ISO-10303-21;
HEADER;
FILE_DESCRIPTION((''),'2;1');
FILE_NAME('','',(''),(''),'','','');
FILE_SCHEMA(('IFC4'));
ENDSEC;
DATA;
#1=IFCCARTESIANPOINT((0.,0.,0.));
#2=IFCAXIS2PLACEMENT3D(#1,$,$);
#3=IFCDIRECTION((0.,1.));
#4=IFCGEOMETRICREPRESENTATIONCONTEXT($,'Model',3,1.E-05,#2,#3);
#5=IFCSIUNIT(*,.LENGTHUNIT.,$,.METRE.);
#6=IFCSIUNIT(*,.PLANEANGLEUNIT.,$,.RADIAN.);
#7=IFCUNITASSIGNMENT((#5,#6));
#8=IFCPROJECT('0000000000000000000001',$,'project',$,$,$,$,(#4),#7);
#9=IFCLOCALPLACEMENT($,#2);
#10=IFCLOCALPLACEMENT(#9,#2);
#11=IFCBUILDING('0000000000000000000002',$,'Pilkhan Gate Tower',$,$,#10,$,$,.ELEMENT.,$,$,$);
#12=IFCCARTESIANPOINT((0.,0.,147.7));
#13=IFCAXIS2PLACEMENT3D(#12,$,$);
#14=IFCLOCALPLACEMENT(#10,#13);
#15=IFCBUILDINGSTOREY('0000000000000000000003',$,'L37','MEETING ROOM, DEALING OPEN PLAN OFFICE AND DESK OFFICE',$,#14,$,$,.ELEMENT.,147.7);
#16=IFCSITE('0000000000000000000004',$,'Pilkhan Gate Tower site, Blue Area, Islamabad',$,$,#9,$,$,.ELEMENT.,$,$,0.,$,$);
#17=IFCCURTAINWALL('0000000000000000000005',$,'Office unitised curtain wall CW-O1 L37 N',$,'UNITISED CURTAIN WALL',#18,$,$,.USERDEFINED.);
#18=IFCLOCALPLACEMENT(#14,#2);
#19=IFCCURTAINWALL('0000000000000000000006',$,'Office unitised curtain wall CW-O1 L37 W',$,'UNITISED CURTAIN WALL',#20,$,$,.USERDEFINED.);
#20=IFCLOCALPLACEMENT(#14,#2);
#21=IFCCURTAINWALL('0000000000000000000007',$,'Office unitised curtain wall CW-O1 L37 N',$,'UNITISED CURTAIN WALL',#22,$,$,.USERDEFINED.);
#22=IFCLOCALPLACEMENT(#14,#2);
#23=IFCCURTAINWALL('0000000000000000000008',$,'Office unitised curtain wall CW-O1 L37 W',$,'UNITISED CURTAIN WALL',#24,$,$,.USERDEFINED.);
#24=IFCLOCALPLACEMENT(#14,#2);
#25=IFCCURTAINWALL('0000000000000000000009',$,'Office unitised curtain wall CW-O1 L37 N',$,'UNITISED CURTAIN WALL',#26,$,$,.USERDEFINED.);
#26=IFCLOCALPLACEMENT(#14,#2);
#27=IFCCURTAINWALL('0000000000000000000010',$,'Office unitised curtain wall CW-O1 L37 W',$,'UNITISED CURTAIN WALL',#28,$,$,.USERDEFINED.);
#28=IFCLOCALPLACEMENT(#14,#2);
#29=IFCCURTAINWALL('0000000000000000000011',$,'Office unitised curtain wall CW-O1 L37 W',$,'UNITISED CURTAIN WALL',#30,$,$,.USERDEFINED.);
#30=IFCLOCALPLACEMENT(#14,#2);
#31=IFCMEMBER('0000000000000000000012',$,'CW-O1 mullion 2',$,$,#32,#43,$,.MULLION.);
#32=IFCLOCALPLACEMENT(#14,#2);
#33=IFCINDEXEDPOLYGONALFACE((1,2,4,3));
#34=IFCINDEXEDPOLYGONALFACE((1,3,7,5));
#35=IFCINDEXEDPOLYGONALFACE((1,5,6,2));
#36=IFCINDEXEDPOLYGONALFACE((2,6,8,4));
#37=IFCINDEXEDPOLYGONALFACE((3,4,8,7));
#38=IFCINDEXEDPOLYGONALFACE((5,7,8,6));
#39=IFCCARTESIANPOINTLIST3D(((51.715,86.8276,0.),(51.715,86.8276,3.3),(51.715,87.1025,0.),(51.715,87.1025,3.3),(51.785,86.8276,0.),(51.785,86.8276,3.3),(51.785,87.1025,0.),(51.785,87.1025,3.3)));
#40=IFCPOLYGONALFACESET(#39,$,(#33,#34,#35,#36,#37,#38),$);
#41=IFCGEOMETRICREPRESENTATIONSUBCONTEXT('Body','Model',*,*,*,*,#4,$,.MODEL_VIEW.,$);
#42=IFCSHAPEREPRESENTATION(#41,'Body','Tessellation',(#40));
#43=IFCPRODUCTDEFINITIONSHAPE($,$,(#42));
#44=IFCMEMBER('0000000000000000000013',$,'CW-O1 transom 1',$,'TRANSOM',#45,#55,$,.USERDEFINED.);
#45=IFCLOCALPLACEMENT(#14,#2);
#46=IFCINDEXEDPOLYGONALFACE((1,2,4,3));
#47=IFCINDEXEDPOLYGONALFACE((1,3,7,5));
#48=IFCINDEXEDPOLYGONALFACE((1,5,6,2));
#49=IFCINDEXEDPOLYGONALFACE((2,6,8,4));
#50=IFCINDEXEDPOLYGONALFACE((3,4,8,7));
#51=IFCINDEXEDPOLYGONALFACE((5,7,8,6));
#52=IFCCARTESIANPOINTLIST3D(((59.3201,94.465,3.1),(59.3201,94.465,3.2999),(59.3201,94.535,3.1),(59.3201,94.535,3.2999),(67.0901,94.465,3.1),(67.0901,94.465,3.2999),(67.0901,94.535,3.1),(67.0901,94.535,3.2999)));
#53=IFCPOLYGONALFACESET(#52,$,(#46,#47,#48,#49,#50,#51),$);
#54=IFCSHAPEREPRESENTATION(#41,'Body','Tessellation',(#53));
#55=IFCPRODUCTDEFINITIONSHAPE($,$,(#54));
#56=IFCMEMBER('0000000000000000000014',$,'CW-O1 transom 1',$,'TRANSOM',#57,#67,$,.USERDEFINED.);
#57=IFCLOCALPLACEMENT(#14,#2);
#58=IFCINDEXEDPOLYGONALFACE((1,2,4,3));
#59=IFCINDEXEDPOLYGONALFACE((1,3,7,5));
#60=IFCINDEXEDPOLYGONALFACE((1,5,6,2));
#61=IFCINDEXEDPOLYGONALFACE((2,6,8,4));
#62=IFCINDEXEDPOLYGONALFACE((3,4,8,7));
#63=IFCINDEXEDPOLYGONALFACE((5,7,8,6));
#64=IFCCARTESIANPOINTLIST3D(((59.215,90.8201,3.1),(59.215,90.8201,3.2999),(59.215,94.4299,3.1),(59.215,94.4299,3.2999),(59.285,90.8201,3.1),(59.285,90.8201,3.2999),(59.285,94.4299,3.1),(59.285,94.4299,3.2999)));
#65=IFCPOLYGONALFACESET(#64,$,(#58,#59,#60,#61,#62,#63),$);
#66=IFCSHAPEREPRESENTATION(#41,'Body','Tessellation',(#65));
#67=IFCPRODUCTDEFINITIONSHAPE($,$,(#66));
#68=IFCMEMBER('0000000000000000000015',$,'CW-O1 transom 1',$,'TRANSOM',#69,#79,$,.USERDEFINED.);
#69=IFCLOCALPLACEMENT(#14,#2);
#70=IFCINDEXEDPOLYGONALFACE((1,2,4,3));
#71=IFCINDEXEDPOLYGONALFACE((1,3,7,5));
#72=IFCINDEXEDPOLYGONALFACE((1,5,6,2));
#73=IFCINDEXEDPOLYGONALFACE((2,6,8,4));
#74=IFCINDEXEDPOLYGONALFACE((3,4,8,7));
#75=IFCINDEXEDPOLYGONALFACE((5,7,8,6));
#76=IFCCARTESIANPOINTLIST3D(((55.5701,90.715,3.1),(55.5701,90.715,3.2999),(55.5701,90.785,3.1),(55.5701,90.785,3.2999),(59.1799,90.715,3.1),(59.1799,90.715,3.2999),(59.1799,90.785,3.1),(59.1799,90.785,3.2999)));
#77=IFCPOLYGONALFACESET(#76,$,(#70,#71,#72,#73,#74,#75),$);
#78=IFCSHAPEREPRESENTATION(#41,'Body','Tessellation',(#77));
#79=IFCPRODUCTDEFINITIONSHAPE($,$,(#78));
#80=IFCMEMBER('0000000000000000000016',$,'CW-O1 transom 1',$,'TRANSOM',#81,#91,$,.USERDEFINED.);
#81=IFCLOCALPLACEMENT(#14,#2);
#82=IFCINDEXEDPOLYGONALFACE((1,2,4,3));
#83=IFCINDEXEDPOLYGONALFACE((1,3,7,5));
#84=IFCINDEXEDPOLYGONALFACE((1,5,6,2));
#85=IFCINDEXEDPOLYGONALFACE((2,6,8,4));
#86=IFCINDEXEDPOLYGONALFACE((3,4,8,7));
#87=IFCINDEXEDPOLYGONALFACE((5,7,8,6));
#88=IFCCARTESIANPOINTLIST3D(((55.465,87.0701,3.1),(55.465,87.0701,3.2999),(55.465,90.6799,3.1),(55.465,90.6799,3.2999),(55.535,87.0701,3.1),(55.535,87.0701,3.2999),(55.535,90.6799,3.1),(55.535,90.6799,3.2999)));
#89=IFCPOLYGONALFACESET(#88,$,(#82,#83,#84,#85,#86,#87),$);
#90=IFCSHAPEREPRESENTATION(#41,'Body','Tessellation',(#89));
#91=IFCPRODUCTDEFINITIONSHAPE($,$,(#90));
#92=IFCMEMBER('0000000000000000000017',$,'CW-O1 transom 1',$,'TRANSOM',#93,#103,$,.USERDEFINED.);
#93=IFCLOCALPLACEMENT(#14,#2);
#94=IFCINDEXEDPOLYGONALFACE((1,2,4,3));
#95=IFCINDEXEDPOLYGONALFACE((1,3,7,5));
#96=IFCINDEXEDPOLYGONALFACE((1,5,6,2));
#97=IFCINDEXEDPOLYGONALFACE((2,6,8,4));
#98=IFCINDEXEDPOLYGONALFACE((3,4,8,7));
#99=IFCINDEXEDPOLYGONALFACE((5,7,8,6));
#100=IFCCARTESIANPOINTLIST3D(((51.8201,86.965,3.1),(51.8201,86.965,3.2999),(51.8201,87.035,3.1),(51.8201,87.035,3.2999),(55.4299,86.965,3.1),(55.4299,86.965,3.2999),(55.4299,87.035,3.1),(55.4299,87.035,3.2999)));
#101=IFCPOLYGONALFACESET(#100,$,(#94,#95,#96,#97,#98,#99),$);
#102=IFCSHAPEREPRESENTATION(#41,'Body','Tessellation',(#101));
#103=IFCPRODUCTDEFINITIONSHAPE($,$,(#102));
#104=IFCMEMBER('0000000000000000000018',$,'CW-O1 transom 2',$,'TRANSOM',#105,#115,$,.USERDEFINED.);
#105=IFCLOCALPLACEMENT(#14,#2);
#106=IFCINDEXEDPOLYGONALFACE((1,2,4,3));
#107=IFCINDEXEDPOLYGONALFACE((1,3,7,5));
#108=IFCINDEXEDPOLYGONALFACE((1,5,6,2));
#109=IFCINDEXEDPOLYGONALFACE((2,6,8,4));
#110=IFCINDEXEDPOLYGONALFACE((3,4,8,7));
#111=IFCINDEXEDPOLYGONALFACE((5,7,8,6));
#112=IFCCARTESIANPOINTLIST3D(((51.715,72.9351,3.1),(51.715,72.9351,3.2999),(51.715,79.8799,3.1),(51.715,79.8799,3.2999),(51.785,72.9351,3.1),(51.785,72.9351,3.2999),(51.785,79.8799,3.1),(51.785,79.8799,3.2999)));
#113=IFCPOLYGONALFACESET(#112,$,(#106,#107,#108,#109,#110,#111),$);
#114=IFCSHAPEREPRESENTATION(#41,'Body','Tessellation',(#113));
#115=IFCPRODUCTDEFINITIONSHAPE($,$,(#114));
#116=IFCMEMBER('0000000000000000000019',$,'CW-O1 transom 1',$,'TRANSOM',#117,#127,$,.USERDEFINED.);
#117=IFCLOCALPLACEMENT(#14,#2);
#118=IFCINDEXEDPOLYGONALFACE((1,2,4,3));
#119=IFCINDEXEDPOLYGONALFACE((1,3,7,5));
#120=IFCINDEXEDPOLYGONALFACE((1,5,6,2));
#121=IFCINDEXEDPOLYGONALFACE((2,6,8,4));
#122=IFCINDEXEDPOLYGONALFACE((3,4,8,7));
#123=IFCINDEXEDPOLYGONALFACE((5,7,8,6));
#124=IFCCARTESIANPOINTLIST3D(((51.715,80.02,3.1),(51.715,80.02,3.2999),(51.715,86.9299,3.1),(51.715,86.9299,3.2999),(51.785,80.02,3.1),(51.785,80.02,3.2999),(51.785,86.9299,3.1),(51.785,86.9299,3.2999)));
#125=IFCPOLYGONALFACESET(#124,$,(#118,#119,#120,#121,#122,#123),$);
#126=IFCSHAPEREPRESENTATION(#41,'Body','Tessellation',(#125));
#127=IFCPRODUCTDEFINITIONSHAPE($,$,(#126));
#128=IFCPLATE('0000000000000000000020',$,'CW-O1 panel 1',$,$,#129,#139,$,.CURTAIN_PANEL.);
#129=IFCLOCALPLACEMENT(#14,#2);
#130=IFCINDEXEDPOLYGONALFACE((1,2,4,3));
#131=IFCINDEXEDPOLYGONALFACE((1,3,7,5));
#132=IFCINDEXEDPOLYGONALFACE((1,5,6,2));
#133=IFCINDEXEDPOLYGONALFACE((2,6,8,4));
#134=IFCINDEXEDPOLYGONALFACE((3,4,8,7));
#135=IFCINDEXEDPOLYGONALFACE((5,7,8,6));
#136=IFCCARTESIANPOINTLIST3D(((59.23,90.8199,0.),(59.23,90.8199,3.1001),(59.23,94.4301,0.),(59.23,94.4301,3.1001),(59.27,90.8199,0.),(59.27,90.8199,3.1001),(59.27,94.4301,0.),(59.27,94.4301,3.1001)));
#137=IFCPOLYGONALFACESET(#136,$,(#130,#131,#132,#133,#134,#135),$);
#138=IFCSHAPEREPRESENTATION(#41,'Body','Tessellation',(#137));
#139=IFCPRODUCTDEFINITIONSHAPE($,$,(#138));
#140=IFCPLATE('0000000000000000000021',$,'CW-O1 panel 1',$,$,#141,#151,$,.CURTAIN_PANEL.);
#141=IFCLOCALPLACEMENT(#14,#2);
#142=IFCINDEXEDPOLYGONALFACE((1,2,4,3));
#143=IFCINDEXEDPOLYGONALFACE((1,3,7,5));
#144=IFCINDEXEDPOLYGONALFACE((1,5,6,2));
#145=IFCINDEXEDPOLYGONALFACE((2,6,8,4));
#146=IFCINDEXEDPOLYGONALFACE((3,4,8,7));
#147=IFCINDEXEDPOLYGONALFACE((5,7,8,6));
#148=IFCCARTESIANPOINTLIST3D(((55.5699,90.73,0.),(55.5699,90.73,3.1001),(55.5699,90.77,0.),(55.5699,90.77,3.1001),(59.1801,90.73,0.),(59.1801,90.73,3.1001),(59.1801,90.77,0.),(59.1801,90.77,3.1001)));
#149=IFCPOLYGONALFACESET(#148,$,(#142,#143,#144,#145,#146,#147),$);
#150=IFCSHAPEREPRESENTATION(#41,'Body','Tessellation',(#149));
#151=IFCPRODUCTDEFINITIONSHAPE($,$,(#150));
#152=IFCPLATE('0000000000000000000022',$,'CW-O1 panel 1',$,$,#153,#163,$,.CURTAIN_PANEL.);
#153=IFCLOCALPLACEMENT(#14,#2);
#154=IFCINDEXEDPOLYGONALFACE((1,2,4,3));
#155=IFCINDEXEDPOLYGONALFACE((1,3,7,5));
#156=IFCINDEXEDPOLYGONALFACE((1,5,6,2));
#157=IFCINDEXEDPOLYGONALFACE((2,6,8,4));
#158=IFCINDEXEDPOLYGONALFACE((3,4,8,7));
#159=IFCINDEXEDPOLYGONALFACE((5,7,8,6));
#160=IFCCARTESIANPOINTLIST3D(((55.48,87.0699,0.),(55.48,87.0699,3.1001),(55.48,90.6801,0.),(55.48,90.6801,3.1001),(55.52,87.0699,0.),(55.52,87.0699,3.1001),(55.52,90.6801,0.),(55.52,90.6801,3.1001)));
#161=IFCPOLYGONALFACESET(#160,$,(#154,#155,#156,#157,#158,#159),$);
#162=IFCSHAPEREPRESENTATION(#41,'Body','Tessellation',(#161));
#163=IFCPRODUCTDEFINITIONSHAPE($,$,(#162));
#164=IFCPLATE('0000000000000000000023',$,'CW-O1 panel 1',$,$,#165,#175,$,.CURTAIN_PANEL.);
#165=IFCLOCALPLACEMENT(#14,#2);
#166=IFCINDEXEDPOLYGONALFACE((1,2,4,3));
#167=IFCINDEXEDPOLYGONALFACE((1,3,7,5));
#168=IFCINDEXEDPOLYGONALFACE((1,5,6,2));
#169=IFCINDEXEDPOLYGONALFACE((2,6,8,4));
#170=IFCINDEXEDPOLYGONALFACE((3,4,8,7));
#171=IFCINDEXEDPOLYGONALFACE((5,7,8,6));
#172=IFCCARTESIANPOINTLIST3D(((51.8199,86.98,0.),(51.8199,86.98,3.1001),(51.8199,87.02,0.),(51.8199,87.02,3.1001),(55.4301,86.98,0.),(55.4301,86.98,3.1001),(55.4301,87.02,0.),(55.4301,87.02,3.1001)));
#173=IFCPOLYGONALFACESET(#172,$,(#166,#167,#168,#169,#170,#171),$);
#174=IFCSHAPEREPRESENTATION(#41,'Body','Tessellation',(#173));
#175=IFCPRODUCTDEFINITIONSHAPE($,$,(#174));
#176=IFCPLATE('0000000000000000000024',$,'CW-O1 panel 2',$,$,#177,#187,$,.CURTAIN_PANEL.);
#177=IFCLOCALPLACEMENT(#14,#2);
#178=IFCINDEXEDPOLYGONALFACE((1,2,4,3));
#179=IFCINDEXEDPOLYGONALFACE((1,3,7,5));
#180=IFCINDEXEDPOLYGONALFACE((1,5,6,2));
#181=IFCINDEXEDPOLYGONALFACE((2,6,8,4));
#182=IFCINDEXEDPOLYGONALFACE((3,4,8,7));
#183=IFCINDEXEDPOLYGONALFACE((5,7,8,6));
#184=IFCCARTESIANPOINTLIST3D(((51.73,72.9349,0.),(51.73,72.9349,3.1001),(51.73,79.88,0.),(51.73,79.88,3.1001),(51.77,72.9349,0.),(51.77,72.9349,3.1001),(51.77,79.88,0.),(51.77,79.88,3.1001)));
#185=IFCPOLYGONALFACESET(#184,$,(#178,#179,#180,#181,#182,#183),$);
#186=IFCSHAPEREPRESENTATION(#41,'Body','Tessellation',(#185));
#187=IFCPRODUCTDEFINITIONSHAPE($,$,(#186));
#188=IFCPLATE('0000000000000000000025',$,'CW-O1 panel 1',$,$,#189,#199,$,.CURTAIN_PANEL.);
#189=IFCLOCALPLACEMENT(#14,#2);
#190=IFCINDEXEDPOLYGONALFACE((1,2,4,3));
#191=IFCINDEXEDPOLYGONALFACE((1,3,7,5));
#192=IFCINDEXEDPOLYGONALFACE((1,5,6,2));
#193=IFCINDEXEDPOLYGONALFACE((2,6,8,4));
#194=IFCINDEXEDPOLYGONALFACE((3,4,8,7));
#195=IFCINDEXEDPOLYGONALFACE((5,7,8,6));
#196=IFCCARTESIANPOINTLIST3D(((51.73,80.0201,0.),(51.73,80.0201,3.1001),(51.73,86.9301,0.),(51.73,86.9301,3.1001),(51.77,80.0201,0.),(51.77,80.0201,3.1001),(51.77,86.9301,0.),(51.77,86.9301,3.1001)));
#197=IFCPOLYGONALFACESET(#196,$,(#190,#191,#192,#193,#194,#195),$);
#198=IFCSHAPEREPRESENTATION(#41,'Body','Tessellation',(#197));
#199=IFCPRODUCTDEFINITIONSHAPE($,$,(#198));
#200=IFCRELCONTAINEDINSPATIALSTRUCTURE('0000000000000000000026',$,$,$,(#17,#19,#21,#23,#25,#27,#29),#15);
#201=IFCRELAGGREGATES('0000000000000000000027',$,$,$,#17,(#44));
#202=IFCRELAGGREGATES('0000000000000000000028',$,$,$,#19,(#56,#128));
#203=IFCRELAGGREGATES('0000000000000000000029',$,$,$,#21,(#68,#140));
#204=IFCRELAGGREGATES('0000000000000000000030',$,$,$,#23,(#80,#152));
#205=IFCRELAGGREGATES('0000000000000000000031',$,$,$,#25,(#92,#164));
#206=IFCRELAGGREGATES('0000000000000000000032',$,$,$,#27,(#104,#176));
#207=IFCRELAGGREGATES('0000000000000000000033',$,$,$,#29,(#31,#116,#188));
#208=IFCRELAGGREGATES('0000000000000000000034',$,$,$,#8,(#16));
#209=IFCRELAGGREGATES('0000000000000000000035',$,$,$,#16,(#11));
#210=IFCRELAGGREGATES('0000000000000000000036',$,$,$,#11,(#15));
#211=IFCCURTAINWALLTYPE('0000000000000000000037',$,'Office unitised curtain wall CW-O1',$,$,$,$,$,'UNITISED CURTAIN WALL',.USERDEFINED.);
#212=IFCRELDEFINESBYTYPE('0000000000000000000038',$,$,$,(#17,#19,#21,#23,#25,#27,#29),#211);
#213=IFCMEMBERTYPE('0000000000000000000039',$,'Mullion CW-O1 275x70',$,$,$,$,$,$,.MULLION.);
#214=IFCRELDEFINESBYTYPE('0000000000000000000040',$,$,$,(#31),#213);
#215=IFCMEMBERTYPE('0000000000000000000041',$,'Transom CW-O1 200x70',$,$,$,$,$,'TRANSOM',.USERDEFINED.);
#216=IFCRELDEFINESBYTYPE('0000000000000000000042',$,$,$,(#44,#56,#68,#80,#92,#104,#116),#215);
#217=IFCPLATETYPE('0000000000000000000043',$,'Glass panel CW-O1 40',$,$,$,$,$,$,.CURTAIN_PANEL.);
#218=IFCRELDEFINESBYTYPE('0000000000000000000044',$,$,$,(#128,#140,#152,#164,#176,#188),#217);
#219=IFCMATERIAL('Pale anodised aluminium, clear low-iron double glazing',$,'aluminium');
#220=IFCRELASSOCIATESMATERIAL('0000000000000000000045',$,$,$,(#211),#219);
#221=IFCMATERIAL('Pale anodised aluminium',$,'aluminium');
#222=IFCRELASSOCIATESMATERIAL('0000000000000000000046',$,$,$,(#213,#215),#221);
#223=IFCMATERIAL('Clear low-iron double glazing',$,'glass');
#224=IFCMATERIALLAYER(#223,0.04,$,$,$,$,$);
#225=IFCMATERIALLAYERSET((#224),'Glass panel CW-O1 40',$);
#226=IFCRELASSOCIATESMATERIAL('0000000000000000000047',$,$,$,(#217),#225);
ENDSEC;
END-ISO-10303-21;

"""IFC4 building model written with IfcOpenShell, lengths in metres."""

from ifc_helpers import new_model, si_unit, direction, frame, origin, origin_2d, place, context, subcontext, project, spatial, rectangle, extrude, material, layer, layer_set, material_profile, profile_set, type_object, element, aggregate, save


model = new_model("IFC4")

# Units and contexts
model_context = context("Model", 3, precision=1e-05, world=origin(), true_north=direction((0.0, 1.0)))
body_context = subcontext(model_context, "Body", "Model", "MODEL_VIEW")
ifc_project = project(units=[si_unit("LENGTHUNIT", "METRE"), si_unit("PLANEANGLEUNIT", "RADIAN")], contexts=[model_context])

# Site, building, storey
site_placement = place(None, origin())
site = spatial("IfcSite", under=ifc_project, at=site_placement, Name="Pilkhan Gate Tower site, Blue Area, Islamabad", CompositionType="ELEMENT", RefElevation=0.0)
building_placement = place(site_placement, origin())
building = spatial("IfcBuilding", under=site, at=building_placement, Name="Pilkhan Gate Tower", CompositionType="ELEMENT")
storey_placement = place(building_placement, frame((0.0, 0.0, 147.7)))
storey = spatial("IfcBuildingStorey", under=building, at=storey_placement, Name="L37", Description="MEETING ROOM, DEALING OPEN PLAN OFFICE AND DESK OFFICE", CompositionType="ELEMENT", Elevation=147.7)

# Curtain wall
ifc_material_1 = material(Name="Pale anodised aluminium, clear low-iron double glazing", Category="aluminium")
curtain_wall_type = type_object("IfcCurtainWallType", Name="Office unitised curtain wall CW-O1", ElementType="UNITISED CURTAIN WALL", PredefinedType="USERDEFINED", material=ifc_material_1)
curtain_wall_1_placement = place(storey_placement, origin())
curtain_wall_1 = element("IfcCurtainWall", 1, at=curtain_wall_1_placement, inside=storey, type_object=curtain_wall_type, Name="Office unitised curtain wall CW-O1 L37 N", ObjectType="UNITISED CURTAIN WALL", PredefinedType="USERDEFINED")
ifc_material_2 = material(Name="Pale anodised aluminium", Category="aluminium")
ifc_material_profile_1 = material_profile(ifc_material_2, rectangle(XDim=0.0701, YDim=0.2749, at=origin_2d()), Name="Mullion 275x70")
ifc_profile_set_1 = profile_set([ifc_material_profile_1], Name="Pale anodised aluminium")
member_type_1 = type_object("IfcMemberType", Name="Mullion CW-O1 275x70", PredefinedType="MULLION", material=ifc_profile_set_1)

# Curtain walls
curtain_wall_2_placement = place(storey_placement, origin())
curtain_wall_2 = element("IfcCurtainWall", 2, at=curtain_wall_2_placement, inside=storey, type_object=curtain_wall_type, Name="Office unitised curtain wall CW-O1 L37 W", ObjectType="UNITISED CURTAIN WALL", PredefinedType="USERDEFINED")
curtain_wall_3_placement = place(storey_placement, origin())
curtain_wall_3 = element("IfcCurtainWall", 3, at=curtain_wall_3_placement, inside=storey, type_object=curtain_wall_type, Name="Office unitised curtain wall CW-O1 L37 N", ObjectType="UNITISED CURTAIN WALL", PredefinedType="USERDEFINED")
curtain_wall_4_placement = place(storey_placement, origin())
curtain_wall_4 = element("IfcCurtainWall", 4, at=curtain_wall_4_placement, inside=storey, type_object=curtain_wall_type, Name="Office unitised curtain wall CW-O1 L37 W", ObjectType="UNITISED CURTAIN WALL", PredefinedType="USERDEFINED")
curtain_wall_5_placement = place(storey_placement, origin())
curtain_wall_5 = element("IfcCurtainWall", 5, at=curtain_wall_5_placement, inside=storey, type_object=curtain_wall_type, Name="Office unitised curtain wall CW-O1 L37 N", ObjectType="UNITISED CURTAIN WALL", PredefinedType="USERDEFINED")

# Curtain wall
curtain_wall_6_placement = place(storey_placement, origin())
curtain_wall_6 = element("IfcCurtainWall", 6, at=curtain_wall_6_placement, inside=storey, type_object=curtain_wall_type, Name="Office unitised curtain wall CW-O1 L37 W", ObjectType="UNITISED CURTAIN WALL", PredefinedType="USERDEFINED")

# Curtain wall, member
curtain_wall_7_placement = place(storey_placement, origin())
curtain_wall_7 = element("IfcCurtainWall", 7, at=curtain_wall_7_placement, inside=storey, type_object=curtain_wall_type, Name="Office unitised curtain wall CW-O1 L37 W", ObjectType="UNITISED CURTAIN WALL", PredefinedType="USERDEFINED")
member_1_placement = place(storey_placement, frame((51.75, 86.9651, 0.0), z_axis=(0.0, 0.0, 1.0), x_axis=(-1.0, 0.0, 0.0)))
member_1 = element("IfcMember", 8, at=member_1_placement, type_object=member_type_1, Name="CW-O1 mullion 2", PredefinedType="MULLION", context=body_context, shape_type="SweptSolid", body=[
    extrude(rectangle(XDim=0.0701, YDim=0.2749, at=origin_2d()), origin(), (0.0, 0.0, 1.0), 3.3),
])

# Members
ifc_material_profile_2 = material_profile(ifc_material_2, rectangle(XDim=0.0701, YDim=0.2, at=origin_2d()), Name="Transom 200x70")
ifc_profile_set_2 = profile_set([ifc_material_profile_2], Name="Pale anodised aluminium")
member_type_2 = type_object("IfcMemberType", Name="Transom CW-O1 200x70", ElementType="TRANSOM", PredefinedType="USERDEFINED", material=ifc_profile_set_2)
member_2_placement = place(storey_placement, frame((59.3201, 94.5, 3.2), z_axis=(1.0, 0.0, 0.0), x_axis=(0.0, 1.0, 0.0)))
member_2 = element("IfcMember", 9, at=member_2_placement, type_object=member_type_2, Name="CW-O1 transom 1", ObjectType="TRANSOM", PredefinedType="USERDEFINED", context=body_context, shape_type="SweptSolid", body=[
    extrude(rectangle(XDim=0.0701, YDim=0.2, at=origin_2d()), origin(), (0.0, 0.0, 1.0), 7.77),
])
aggregate(curtain_wall_1, [member_2])
member_3_placement = place(storey_placement, frame((59.25, 90.8201, 3.2), z_axis=(0.0, 1.0, 0.0), x_axis=(-1.0, 0.0, 0.0)))
member_3 = element("IfcMember", 10, at=member_3_placement, type_object=member_type_2, Name="CW-O1 transom 1", ObjectType="TRANSOM", PredefinedType="USERDEFINED", context=body_context, shape_type="SweptSolid", body=[
    extrude(rectangle(XDim=0.0701, YDim=0.2, at=origin_2d()), origin(), (0.0, 0.0, 1.0), 3.6099),
])
member_4_placement = place(storey_placement, frame((55.5701, 90.75, 3.2), z_axis=(1.0, 0.0, 0.0), x_axis=(0.0, 1.0, 0.0)))
member_4 = element("IfcMember", 11, at=member_4_placement, type_object=member_type_2, Name="CW-O1 transom 1", ObjectType="TRANSOM", PredefinedType="USERDEFINED", context=body_context, shape_type="SweptSolid", body=[
    extrude(rectangle(XDim=0.0701, YDim=0.2, at=origin_2d()), origin(), (0.0, 0.0, 1.0), 3.6099),
])
member_5_placement = place(storey_placement, frame((55.5, 87.0701, 3.2), z_axis=(0.0, 1.0, 0.0), x_axis=(-1.0, 0.0, 0.0)))
member_5 = element("IfcMember", 12, at=member_5_placement, type_object=member_type_2, Name="CW-O1 transom 1", ObjectType="TRANSOM", PredefinedType="USERDEFINED", context=body_context, shape_type="SweptSolid", body=[
    extrude(rectangle(XDim=0.0701, YDim=0.2, at=origin_2d()), origin(), (0.0, 0.0, 1.0), 3.6099),
])
member_6_placement = place(storey_placement, frame((51.8201, 87.0, 3.2), z_axis=(1.0, 0.0, 0.0), x_axis=(0.0, 1.0, 0.0)))
member_6 = element("IfcMember", 13, at=member_6_placement, type_object=member_type_2, Name="CW-O1 transom 1", ObjectType="TRANSOM", PredefinedType="USERDEFINED", context=body_context, shape_type="SweptSolid", body=[
    extrude(rectangle(XDim=0.0701, YDim=0.2, at=origin_2d()), origin(), (0.0, 0.0, 1.0), 3.6099),
])
member_7_placement = place(storey_placement, frame((51.75, 72.9351, 3.2), z_axis=(0.0, 1.0, 0.0), x_axis=(-1.0, 0.0, 0.0)))
member_7 = element("IfcMember", 14, at=member_7_placement, type_object=member_type_2, Name="CW-O1 transom 2", ObjectType="TRANSOM", PredefinedType="USERDEFINED", context=body_context, shape_type="SweptSolid", body=[
    extrude(rectangle(XDim=0.0701, YDim=0.2, at=origin_2d()), origin(), (0.0, 0.0, 1.0), 6.9448),
])
member_8_placement = place(storey_placement, frame((51.75, 80.02, 3.2), z_axis=(0.0, 1.0, 0.0), x_axis=(-1.0, 0.0, 0.0)))
member_8 = element("IfcMember", 15, at=member_8_placement, type_object=member_type_2, Name="CW-O1 transom 1", ObjectType="TRANSOM", PredefinedType="USERDEFINED", context=body_context, shape_type="SweptSolid", body=[
    extrude(rectangle(XDim=0.0701, YDim=0.2, at=origin_2d()), origin(), (0.0, 0.0, 1.0), 6.9099),
])

# Plates
ifc_material_3 = material(Name="Clear low-iron double glazing", Category="glass")
ifc_layer_1 = layer(ifc_material_3, 0.04)
ifc_layer_set_1 = layer_set([ifc_layer_1], Name="Glass panel CW-O1 40")
plate_type = type_object("IfcPlateType", Name="Glass panel CW-O1 40", PredefinedType="CURTAIN_PANEL", material=ifc_layer_set_1)
plate_1_placement = place(storey_placement, frame((59.25, 92.625, 0.0), z_axis=(0.0, 0.0, 1.0), x_axis=(0.0, 1.0, 0.0)))
plate_1 = element("IfcPlate", 16, at=plate_1_placement, type_object=plate_type, Name="CW-O1 panel 1", PredefinedType="CURTAIN_PANEL", context=body_context, shape_type="SweptSolid", body=[
    extrude(rectangle(XDim=3.6101, YDim=0.04, at=origin_2d()), origin(), (0.0, 0.0, 1.0), 3.1001),
])
aggregate(curtain_wall_2, [member_3, plate_1])
plate_2_placement = place(storey_placement, frame((57.375, 90.75, 0.0), z_axis=(0.0, 0.0, 1.0), x_axis=(1.0, 0.0, 0.0)))
plate_2 = element("IfcPlate", 17, at=plate_2_placement, type_object=plate_type, Name="CW-O1 panel 1", PredefinedType="CURTAIN_PANEL", context=body_context, shape_type="SweptSolid", body=[
    extrude(rectangle(XDim=3.6101, YDim=0.04, at=origin_2d()), origin(), (0.0, 0.0, 1.0), 3.1001),
])
aggregate(curtain_wall_3, [member_4, plate_2])
plate_3_placement = place(storey_placement, frame((55.5, 88.875, 0.0), z_axis=(0.0, 0.0, 1.0), x_axis=(0.0, 1.0, 0.0)))
plate_3 = element("IfcPlate", 18, at=plate_3_placement, type_object=plate_type, Name="CW-O1 panel 1", PredefinedType="CURTAIN_PANEL", context=body_context, shape_type="SweptSolid", body=[
    extrude(rectangle(XDim=3.6101, YDim=0.04, at=origin_2d()), origin(), (0.0, 0.0, 1.0), 3.1001),
])
aggregate(curtain_wall_4, [member_5, plate_3])
plate_4_placement = place(storey_placement, frame((53.625, 87.0, 0.0), z_axis=(0.0, 0.0, 1.0), x_axis=(1.0, 0.0, 0.0)))
plate_4 = element("IfcPlate", 19, at=plate_4_placement, type_object=plate_type, Name="CW-O1 panel 1", PredefinedType="CURTAIN_PANEL", context=body_context, shape_type="SweptSolid", body=[
    extrude(rectangle(XDim=3.6101, YDim=0.04, at=origin_2d()), origin(), (0.0, 0.0, 1.0), 3.1001),
])
aggregate(curtain_wall_5, [member_6, plate_4])
plate_5_placement = place(storey_placement, frame((51.75, 76.4075, 0.0), z_axis=(0.0, 0.0, 1.0), x_axis=(0.0, 1.0, 0.0)))
plate_5 = element("IfcPlate", 20, at=plate_5_placement, type_object=plate_type, Name="CW-O1 panel 2", PredefinedType="CURTAIN_PANEL", context=body_context, shape_type="SweptSolid", body=[
    extrude(rectangle(XDim=6.9451, YDim=0.04, at=origin_2d()), origin(), (0.0, 0.0, 1.0), 3.1001),
])
aggregate(curtain_wall_6, [member_7, plate_5])
plate_6_placement = place(storey_placement, frame((51.75, 83.4751, 0.0), z_axis=(0.0, 0.0, 1.0), x_axis=(0.0, 1.0, 0.0)))
plate_6 = element("IfcPlate", 21, at=plate_6_placement, type_object=plate_type, Name="CW-O1 panel 1", PredefinedType="CURTAIN_PANEL", context=body_context, shape_type="SweptSolid", body=[
    extrude(rectangle(XDim=6.9099, YDim=0.04, at=origin_2d()), origin(), (0.0, 0.0, 1.0), 3.1001),
])
aggregate(curtain_wall_7, [member_1, member_8, plate_6])

save(model, "model.ifc")
